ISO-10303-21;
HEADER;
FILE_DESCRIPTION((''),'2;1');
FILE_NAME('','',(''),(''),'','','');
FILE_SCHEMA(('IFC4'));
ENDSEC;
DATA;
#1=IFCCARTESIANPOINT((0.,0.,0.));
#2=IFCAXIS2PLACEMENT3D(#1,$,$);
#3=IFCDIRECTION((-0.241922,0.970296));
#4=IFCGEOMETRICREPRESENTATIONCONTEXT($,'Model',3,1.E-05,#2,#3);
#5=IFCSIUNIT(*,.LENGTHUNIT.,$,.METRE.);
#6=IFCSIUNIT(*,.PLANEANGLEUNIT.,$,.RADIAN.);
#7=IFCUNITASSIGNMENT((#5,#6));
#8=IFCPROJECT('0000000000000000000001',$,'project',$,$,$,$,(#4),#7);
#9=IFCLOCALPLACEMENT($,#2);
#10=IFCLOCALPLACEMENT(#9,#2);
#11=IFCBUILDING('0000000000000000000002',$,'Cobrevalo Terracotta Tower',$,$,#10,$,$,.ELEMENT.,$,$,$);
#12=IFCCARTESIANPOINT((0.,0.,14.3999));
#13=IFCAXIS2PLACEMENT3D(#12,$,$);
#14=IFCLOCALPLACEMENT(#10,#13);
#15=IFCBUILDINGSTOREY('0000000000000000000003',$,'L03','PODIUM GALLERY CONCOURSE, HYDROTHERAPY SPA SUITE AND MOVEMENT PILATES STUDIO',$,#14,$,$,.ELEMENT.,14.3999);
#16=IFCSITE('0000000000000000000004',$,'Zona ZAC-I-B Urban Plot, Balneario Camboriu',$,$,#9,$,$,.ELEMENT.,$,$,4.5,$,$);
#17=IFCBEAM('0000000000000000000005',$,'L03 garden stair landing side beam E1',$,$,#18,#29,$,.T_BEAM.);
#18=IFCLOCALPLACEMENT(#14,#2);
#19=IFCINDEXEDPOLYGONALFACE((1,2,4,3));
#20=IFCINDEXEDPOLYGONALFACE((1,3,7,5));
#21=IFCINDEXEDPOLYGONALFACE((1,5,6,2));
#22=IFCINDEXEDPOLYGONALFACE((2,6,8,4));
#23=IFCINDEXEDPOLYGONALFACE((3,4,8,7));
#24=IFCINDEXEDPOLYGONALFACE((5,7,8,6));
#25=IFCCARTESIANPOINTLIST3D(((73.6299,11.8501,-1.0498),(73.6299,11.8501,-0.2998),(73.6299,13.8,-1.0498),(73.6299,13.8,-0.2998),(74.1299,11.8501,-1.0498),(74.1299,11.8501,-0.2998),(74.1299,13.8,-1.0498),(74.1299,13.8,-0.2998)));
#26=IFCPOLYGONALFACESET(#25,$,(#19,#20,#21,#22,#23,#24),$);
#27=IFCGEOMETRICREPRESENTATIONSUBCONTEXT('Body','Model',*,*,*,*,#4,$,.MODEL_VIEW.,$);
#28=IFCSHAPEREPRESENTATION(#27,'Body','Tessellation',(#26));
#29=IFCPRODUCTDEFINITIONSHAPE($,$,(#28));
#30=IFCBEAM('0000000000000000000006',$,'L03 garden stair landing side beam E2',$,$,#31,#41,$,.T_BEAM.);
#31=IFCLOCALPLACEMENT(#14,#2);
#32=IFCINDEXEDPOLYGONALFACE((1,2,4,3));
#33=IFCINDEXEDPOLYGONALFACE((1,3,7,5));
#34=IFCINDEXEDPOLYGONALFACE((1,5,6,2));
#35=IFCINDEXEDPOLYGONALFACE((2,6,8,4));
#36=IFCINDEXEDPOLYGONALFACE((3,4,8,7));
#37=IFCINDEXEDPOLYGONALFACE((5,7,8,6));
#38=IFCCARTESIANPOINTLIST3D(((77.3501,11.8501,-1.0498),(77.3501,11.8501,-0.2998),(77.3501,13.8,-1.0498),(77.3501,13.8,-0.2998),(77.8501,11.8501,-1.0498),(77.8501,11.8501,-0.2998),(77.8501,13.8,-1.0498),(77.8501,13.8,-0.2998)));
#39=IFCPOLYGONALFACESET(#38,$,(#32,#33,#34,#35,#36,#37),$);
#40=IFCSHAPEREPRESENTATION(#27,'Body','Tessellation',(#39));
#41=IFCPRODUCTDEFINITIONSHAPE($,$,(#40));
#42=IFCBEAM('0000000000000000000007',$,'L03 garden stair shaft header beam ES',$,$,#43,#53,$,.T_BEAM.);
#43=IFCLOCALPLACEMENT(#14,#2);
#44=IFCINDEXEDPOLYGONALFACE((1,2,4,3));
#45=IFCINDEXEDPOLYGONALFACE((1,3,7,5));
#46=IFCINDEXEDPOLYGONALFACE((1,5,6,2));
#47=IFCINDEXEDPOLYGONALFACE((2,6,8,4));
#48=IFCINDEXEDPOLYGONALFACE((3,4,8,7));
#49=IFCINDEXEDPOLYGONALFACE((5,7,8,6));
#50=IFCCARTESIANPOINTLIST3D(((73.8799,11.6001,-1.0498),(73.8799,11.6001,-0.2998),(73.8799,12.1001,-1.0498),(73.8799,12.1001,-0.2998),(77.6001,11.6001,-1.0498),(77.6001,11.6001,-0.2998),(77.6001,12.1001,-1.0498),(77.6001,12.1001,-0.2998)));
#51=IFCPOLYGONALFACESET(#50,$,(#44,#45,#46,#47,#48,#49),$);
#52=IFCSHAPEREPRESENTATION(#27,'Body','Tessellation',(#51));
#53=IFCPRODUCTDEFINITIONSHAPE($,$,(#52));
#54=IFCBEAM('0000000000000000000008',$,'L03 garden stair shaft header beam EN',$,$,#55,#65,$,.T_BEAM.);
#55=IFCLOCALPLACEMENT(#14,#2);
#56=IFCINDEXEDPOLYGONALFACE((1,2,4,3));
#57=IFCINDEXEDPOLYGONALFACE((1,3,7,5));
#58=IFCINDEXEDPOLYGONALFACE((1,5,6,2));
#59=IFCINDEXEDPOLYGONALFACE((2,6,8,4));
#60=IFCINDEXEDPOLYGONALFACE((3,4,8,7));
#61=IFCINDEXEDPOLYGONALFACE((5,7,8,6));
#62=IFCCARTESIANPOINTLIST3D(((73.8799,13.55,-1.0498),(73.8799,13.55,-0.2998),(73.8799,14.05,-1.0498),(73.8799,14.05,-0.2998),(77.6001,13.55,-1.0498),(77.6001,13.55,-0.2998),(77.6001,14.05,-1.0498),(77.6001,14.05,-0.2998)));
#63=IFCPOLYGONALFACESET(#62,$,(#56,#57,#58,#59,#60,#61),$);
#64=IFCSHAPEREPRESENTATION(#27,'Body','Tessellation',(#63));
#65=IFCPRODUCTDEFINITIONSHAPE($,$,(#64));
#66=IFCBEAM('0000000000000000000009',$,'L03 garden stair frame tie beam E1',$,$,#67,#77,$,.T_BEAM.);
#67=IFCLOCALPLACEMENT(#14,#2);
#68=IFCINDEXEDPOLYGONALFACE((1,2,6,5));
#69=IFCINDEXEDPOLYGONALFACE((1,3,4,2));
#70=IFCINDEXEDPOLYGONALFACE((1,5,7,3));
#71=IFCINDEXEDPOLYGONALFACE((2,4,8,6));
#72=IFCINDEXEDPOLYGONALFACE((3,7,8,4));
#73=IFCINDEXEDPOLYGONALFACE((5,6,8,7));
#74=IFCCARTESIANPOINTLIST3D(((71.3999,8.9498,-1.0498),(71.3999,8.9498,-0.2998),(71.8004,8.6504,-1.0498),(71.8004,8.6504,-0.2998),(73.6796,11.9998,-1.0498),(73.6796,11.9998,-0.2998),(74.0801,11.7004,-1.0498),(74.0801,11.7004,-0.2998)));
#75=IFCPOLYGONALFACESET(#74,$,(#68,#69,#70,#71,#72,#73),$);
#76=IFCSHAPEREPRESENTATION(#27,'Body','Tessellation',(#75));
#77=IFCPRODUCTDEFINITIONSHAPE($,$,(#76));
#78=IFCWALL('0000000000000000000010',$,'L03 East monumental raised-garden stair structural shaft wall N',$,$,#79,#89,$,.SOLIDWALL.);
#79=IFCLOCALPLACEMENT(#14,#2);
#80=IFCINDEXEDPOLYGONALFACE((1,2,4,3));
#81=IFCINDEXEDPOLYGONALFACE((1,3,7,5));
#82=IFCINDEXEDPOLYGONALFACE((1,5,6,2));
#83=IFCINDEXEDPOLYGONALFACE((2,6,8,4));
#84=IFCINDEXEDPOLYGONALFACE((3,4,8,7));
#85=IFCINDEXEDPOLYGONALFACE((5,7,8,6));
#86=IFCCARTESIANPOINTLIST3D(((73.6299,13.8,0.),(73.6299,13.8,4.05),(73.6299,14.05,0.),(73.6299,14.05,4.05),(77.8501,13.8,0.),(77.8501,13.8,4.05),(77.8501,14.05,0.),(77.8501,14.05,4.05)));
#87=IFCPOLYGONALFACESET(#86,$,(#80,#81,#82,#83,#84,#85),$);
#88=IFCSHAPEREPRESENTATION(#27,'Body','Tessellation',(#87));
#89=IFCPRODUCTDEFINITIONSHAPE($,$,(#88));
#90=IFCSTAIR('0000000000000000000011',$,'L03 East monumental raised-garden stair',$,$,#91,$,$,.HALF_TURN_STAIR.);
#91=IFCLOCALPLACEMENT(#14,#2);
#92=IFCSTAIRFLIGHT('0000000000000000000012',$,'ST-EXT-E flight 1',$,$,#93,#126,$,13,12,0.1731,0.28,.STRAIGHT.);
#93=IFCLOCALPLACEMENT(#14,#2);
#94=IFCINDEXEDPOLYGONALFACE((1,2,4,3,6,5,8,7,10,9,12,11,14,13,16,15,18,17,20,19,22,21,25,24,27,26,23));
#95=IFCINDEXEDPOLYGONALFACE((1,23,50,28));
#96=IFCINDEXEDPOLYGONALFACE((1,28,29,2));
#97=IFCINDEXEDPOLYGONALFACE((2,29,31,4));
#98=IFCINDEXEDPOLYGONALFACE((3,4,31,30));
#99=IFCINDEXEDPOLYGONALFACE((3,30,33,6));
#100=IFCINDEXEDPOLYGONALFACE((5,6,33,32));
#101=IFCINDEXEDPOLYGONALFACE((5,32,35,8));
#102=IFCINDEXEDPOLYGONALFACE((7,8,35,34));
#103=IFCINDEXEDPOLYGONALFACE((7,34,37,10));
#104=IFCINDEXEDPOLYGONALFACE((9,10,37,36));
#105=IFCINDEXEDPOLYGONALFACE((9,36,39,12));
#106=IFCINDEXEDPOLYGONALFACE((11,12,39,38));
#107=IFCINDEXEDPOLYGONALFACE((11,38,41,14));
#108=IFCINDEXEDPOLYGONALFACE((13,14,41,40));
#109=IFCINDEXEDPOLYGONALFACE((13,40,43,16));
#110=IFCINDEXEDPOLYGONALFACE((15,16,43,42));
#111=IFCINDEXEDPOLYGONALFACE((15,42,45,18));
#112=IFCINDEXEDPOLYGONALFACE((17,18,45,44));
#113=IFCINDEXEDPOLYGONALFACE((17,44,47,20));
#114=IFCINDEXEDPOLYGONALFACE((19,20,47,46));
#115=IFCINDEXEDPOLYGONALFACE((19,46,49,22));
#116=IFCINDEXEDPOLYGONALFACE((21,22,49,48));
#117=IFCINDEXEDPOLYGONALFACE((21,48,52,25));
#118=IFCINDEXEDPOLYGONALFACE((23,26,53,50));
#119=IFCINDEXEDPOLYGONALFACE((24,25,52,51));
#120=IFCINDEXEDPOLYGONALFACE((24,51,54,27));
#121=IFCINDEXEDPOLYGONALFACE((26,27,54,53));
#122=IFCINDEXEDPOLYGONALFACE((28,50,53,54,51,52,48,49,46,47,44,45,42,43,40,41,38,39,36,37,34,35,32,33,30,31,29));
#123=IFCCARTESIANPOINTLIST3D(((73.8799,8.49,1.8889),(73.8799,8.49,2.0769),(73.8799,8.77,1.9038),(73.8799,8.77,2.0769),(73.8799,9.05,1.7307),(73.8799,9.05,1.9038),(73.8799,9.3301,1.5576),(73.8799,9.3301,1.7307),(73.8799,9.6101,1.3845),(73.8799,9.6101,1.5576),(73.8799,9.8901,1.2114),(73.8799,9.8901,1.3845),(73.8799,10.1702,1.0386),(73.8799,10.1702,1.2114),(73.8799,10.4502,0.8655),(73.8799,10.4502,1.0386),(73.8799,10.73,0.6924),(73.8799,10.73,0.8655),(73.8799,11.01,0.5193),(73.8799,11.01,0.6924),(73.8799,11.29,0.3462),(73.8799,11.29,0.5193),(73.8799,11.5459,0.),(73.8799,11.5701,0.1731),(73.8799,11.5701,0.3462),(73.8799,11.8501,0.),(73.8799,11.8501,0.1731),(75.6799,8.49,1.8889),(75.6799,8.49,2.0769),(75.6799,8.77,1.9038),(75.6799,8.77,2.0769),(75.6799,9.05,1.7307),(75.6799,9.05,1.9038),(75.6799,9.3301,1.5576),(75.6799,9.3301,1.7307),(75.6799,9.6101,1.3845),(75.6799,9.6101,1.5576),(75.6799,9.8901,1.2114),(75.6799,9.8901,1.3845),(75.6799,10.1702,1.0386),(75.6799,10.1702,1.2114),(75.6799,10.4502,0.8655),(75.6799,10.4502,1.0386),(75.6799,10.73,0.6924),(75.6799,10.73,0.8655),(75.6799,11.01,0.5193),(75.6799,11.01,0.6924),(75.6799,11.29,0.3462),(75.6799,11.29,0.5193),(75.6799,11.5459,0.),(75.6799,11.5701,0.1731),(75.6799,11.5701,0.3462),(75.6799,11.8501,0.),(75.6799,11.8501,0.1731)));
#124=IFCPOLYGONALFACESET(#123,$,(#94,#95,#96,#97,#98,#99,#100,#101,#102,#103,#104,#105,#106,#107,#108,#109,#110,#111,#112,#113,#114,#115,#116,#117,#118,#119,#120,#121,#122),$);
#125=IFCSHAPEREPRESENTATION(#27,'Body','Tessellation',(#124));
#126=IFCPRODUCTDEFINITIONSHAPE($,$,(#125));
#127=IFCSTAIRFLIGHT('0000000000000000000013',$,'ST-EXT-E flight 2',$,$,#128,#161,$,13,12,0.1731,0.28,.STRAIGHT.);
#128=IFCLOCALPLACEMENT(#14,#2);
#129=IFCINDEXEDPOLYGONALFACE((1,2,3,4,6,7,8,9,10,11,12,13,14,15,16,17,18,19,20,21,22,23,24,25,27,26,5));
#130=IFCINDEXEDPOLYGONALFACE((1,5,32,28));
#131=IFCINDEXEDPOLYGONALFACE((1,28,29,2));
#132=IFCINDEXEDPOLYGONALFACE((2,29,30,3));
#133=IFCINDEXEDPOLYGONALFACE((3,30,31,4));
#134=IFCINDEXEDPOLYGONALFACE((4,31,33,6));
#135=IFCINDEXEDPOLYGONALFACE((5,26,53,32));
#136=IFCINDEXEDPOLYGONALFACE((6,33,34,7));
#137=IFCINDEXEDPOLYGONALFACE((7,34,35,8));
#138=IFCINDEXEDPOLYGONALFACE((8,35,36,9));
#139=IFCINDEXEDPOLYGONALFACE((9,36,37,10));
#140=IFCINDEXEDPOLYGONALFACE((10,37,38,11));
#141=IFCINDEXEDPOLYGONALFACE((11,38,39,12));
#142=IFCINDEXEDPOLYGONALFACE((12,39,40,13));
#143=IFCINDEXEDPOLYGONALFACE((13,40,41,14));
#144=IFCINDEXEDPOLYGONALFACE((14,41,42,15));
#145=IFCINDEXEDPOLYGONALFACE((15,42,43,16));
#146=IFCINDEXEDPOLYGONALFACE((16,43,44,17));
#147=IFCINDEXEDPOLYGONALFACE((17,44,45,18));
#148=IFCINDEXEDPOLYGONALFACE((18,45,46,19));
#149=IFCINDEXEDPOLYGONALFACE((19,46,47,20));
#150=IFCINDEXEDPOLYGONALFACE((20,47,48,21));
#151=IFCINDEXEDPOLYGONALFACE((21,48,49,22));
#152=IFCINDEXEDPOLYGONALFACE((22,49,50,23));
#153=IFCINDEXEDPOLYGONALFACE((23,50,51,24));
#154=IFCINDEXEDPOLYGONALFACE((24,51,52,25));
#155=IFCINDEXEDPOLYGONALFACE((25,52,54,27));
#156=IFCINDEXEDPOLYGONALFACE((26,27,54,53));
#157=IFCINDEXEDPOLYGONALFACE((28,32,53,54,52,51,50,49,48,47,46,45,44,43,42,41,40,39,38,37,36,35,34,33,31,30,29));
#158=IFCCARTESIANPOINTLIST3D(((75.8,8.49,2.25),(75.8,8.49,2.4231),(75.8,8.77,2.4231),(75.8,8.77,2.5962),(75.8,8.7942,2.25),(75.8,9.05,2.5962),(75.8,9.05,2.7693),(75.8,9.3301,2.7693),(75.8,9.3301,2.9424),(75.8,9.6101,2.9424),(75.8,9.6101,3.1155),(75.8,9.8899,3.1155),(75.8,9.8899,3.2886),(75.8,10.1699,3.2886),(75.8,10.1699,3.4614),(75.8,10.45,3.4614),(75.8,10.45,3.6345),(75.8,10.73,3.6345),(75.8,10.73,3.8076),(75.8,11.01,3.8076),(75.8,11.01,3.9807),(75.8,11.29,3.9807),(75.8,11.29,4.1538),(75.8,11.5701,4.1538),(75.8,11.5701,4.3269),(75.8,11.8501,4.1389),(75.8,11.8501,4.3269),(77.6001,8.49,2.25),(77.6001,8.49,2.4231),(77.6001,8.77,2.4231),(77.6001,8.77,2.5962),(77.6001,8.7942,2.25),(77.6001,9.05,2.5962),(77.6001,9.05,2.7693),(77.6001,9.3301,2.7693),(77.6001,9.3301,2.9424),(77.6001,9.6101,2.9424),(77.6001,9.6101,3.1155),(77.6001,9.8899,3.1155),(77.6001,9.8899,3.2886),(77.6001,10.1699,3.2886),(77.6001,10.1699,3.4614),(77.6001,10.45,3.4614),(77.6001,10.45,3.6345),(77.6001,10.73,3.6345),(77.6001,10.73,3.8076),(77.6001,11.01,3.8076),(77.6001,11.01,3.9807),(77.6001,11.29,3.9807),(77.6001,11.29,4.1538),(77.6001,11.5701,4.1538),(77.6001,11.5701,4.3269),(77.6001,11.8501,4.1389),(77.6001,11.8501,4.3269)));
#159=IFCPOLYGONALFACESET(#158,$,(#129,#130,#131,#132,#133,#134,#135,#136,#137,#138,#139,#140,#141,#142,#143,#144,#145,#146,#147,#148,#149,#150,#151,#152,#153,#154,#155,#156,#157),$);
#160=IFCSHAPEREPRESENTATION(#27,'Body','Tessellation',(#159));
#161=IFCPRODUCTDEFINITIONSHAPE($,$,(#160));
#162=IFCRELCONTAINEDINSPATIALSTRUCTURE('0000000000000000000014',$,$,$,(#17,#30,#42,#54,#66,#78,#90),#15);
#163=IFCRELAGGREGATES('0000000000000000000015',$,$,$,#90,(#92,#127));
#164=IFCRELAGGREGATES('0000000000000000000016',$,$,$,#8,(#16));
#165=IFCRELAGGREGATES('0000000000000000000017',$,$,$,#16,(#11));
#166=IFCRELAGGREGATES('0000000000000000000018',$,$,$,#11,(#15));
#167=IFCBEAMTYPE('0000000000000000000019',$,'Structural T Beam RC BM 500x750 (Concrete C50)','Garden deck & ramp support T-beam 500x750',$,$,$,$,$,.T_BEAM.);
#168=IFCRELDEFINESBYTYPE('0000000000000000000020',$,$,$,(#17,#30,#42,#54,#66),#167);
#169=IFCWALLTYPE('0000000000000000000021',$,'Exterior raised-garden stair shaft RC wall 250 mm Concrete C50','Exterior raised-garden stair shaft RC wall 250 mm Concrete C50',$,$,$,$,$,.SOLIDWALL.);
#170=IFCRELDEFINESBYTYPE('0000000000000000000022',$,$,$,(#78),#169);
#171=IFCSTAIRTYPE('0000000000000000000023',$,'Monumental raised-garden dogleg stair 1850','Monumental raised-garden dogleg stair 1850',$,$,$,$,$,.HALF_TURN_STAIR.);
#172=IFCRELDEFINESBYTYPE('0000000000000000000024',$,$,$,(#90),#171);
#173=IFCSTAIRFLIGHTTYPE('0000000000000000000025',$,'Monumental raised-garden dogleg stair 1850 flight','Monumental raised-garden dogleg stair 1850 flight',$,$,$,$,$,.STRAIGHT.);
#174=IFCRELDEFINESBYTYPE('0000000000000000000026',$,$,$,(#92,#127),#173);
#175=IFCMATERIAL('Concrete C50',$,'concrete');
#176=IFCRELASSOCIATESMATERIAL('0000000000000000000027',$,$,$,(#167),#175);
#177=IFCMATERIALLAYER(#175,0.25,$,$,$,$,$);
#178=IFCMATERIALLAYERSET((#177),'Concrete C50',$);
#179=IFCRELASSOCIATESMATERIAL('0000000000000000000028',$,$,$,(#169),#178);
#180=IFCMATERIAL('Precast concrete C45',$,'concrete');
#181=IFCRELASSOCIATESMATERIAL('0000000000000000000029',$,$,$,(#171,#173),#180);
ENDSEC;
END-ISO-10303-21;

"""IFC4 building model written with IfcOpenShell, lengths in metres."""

from ifc_helpers import new_model, si_unit, direction, frame, frame_2d, origin, origin_2d, place, context, subcontext, project, spatial, polyline, rectangle, outline, extrude, material, layer, layer_set, material_profile, profile_set, type_object, element, aggregate, save


model = new_model("IFC4")

# Units and contexts
model_context = context("Model", 3, precision=1e-05, world=origin(), true_north=direction((-0.241922, 0.970296)))
body_context = subcontext(model_context, "Body", "Model", "MODEL_VIEW")
ifc_project = project(units=[si_unit("LENGTHUNIT", "METRE"), si_unit("PLANEANGLEUNIT", "RADIAN")], contexts=[model_context])

# Site, building, storey
site_placement = place(None, origin())
site = spatial("IfcSite", under=ifc_project, at=site_placement, Name="Zona ZAC-I-B Urban Plot, Balneario Camboriu", CompositionType="ELEMENT", RefElevation=4.5)
building_placement = place(site_placement, origin())
building = spatial("IfcBuilding", under=site, at=building_placement, Name="Cobrevalo Terracotta Tower", CompositionType="ELEMENT")
storey_placement = place(building_placement, frame((0.0, 0.0, 14.3999)))
storey = spatial("IfcBuildingStorey", under=building, at=storey_placement, Name="L03", Description="PODIUM GALLERY CONCOURSE, HYDROTHERAPY SPA SUITE AND MOVEMENT PILATES STUDIO", CompositionType="ELEMENT", Elevation=14.3999)

# Shared definitions
ifc_material_1 = material(Name="Concrete C50", Category="concrete")

# Beams
ifc_material_profile_1 = material_profile(ifc_material_1, rectangle(XDim=0.5, YDim=0.75, at=origin_2d()), Name="RC BM 500x750")
ifc_profile_set_1 = profile_set([ifc_material_profile_1], Name="Concrete C50")
beam_type_1 = type_object("IfcBeamType", Name="Structural T Beam RC BM 500x750 (Concrete C50)", Description="Garden deck & ramp support T-beam 500x750", PredefinedType="T_BEAM", material=ifc_profile_set_1)
for number, where, z_axis, x_axis, name in (
    (1, (73.8799, 11.8501, -0.6748), (0.0, 1.0, 0.0), (-1.0, 0.0, 0.0), "L03 garden stair landing side beam E1"),
    (2, (77.6001, 11.8501, -0.6748), (0.0, 1.0, 0.0), (-1.0, 0.0, 0.0), "L03 garden stair landing side beam E2"),
):
    element("IfcBeam", number, at=place(storey_placement, frame(where, z_axis=z_axis, x_axis=x_axis)), inside=storey, type_object=beam_type_1, Name=name, PredefinedType="T_BEAM", context=body_context, shape_type="SweptSolid", body=[
        extrude(rectangle(XDim=0.5, YDim=0.75, at=origin_2d()), origin(), (0.0, 0.0, 1.0), 1.95),
    ])
for number, where, z_axis, x_axis, name in (
    (3, (73.8799, 11.8501, -0.6748), (1.0, 0.0, 0.0), (0.0, 1.0, 0.0), "L03 garden stair shaft header beam ES"),
    (4, (73.8799, 13.8, -0.6748), (1.0, 0.0, 0.0), (0.0, 1.0, 0.0), "L03 garden stair shaft header beam EN"),
):
    element("IfcBeam", number, at=place(storey_placement, frame(where, z_axis=z_axis, x_axis=x_axis)), inside=storey, type_object=beam_type_1, Name=name, PredefinedType="T_BEAM", context=body_context, shape_type="SweptSolid", body=[
        extrude(rectangle(XDim=0.5, YDim=0.75, at=origin_2d()), origin(), (0.0, 0.0, 1.0), 3.7202),
    ])
beam_1_placement = place(storey_placement, frame((73.8799, 11.8501, -0.6748), z_axis=(-0.598696, -0.800976, 0.0), x_axis=(0.800976, -0.598696, 0.0)))
element("IfcBeam", 5, at=beam_1_placement, inside=storey, type_object=beam_type_1, Name="L03 garden stair frame tie beam E1", PredefinedType="T_BEAM", context=body_context, shape_type="SweptSolid", body=[
    extrude(rectangle(XDim=0.5, YDim=0.75, at=origin_2d()), origin(), (0.0, 0.0, 1.0), 3.8079),
])

# Wall
ifc_layer = layer(ifc_material_1, 0.25)
ifc_layer_set = layer_set([ifc_layer], Name="Concrete C50")
wall_type = type_object("IfcWallType", Name="Exterior raised-garden stair shaft RC wall 250 mm Concrete C50", Description="Exterior raised-garden stair shaft RC wall 250 mm Concrete C50", PredefinedType="SOLIDWALL", material=ifc_layer_set)
wall_placement = place(storey_placement, frame((73.6299, 13.925, 0.0), z_axis=(0.0, 0.0, 1.0), x_axis=(1.0, 0.0, 0.0)))
element("IfcWall", 6, at=wall_placement, inside=storey, type_object=wall_type, Name="L03 East monumental raised-garden stair structural shaft wall N", PredefinedType="SOLIDWALL", context=body_context, shape_type="SweptSolid", body=[
    extrude(rectangle(XDim=4.2202, YDim=0.25, at=frame_2d((2.1101, 0.0))), origin(), (0.0, 0.0, 1.0), 4.05),
])

# Stair, stair flights
ifc_material_2 = material(Name="Precast concrete C45", Category="concrete")
stair_type = type_object("IfcStairType", Name="Monumental raised-garden dogleg stair 1850", Description="Monumental raised-garden dogleg stair 1850", PredefinedType="HALF_TURN_STAIR", material=ifc_material_2)
stair_placement = place(storey_placement, origin())
stair = element("IfcStair", 7, at=stair_placement, inside=storey, type_object=stair_type, Name="L03 East monumental raised-garden stair", PredefinedType="HALF_TURN_STAIR")
stair_flight_type = type_object("IfcStairFlightType", Name="Monumental raised-garden dogleg stair 1850 flight", Description="Monumental raised-garden dogleg stair 1850 flight", PredefinedType="STRAIGHT", material=ifc_material_2)
stair_flight_1_placement = place(storey_placement, frame((74.78, 11.8501, 0.0), z_axis=(0.0, 0.0, 1.0), x_axis=(0.0, -1.0, 0.0)))
stair_flight_1 = element("IfcStairFlight", 8, at=stair_flight_1_placement, type_object=stair_flight_type, Name="ST-EXT-E flight 1", NumberOfRisers=13, NumberOfTreads=12, PredefinedType="STRAIGHT", RiserHeight=0.1731, TreadLength=0.28, context=body_context, shape_type="SweptSolid", body=[
    extrude(outline(polyline([(0.0, 0.0), (0.0, 0.1731), (0.28, 0.1731), (0.28, 0.3462), (0.5601, 0.3462), (0.5601, 0.5193), (0.8401, 0.5193), (0.8401, 0.6924), (1.1201, 0.6924), (1.1201, 0.8655), (1.3999, 0.8655), (1.3999, 1.0386), (1.6799, 1.0386), (1.6799, 1.2114), (1.96, 1.2114), (1.96, 1.3845), (2.24, 1.3845), (2.24, 1.5576), (2.52, 1.5576), (2.52, 1.7307), (2.8, 1.7307), (2.8, 1.9038), (3.0801, 1.9038), (3.0801, 2.0769), (3.3601, 2.0769), (3.3601, 2.25), (3.3601, 1.8889), (0.3042, 0.0), (0.0, 0.0)])), frame((0.0, 0.8999, 0.0), z_axis=(0.0, -1.0, 0.0), x_axis=(1.0, 0.0, 0.0)), (0.0, 0.0, 1.0), 1.8),
])
stair_flight_2_placement = place(storey_placement, frame((76.7, 8.49, 2.25), z_axis=(0.0, 0.0, 1.0), x_axis=(0.0, 1.0, 0.0)))
stair_flight_2 = element("IfcStairFlight", 9, at=stair_flight_2_placement, type_object=stair_flight_type, Name="ST-EXT-E flight 2", NumberOfRisers=13, NumberOfTreads=12, PredefinedType="STRAIGHT", RiserHeight=0.1731, TreadLength=0.28, context=body_context, shape_type="SweptSolid", body=[
    extrude(outline(polyline([(0.0, 0.0), (0.0, 0.1731), (0.28, 0.1731), (0.28, 0.3462), (0.5601, 0.3462), (0.5601, 0.5193), (0.8401, 0.5193), (0.8401, 0.6924), (1.1201, 0.6924), (1.1201, 0.8655), (1.3999, 0.8655), (1.3999, 1.0386), (1.6799, 1.0386), (1.6799, 1.2114), (1.96, 1.2114), (1.96, 1.3845), (2.24, 1.3845), (2.24, 1.5576), (2.52, 1.5576), (2.52, 1.7307), (2.8, 1.7307), (2.8, 1.9038), (3.0801, 1.9038), (3.0801, 2.0769), (3.3601, 2.0769), (3.3601, 2.25), (3.3601, 1.8889), (0.3042, 0.0), (0.0, 0.0)])), frame((0.0, 0.8999, 0.0), z_axis=(0.0, -1.0, 0.0), x_axis=(1.0, 0.0, 0.0)), (0.0, 0.0, 1.0), 1.8),
])
aggregate(stair, [stair_flight_1, stair_flight_2])

save(model, "model.ifc")
